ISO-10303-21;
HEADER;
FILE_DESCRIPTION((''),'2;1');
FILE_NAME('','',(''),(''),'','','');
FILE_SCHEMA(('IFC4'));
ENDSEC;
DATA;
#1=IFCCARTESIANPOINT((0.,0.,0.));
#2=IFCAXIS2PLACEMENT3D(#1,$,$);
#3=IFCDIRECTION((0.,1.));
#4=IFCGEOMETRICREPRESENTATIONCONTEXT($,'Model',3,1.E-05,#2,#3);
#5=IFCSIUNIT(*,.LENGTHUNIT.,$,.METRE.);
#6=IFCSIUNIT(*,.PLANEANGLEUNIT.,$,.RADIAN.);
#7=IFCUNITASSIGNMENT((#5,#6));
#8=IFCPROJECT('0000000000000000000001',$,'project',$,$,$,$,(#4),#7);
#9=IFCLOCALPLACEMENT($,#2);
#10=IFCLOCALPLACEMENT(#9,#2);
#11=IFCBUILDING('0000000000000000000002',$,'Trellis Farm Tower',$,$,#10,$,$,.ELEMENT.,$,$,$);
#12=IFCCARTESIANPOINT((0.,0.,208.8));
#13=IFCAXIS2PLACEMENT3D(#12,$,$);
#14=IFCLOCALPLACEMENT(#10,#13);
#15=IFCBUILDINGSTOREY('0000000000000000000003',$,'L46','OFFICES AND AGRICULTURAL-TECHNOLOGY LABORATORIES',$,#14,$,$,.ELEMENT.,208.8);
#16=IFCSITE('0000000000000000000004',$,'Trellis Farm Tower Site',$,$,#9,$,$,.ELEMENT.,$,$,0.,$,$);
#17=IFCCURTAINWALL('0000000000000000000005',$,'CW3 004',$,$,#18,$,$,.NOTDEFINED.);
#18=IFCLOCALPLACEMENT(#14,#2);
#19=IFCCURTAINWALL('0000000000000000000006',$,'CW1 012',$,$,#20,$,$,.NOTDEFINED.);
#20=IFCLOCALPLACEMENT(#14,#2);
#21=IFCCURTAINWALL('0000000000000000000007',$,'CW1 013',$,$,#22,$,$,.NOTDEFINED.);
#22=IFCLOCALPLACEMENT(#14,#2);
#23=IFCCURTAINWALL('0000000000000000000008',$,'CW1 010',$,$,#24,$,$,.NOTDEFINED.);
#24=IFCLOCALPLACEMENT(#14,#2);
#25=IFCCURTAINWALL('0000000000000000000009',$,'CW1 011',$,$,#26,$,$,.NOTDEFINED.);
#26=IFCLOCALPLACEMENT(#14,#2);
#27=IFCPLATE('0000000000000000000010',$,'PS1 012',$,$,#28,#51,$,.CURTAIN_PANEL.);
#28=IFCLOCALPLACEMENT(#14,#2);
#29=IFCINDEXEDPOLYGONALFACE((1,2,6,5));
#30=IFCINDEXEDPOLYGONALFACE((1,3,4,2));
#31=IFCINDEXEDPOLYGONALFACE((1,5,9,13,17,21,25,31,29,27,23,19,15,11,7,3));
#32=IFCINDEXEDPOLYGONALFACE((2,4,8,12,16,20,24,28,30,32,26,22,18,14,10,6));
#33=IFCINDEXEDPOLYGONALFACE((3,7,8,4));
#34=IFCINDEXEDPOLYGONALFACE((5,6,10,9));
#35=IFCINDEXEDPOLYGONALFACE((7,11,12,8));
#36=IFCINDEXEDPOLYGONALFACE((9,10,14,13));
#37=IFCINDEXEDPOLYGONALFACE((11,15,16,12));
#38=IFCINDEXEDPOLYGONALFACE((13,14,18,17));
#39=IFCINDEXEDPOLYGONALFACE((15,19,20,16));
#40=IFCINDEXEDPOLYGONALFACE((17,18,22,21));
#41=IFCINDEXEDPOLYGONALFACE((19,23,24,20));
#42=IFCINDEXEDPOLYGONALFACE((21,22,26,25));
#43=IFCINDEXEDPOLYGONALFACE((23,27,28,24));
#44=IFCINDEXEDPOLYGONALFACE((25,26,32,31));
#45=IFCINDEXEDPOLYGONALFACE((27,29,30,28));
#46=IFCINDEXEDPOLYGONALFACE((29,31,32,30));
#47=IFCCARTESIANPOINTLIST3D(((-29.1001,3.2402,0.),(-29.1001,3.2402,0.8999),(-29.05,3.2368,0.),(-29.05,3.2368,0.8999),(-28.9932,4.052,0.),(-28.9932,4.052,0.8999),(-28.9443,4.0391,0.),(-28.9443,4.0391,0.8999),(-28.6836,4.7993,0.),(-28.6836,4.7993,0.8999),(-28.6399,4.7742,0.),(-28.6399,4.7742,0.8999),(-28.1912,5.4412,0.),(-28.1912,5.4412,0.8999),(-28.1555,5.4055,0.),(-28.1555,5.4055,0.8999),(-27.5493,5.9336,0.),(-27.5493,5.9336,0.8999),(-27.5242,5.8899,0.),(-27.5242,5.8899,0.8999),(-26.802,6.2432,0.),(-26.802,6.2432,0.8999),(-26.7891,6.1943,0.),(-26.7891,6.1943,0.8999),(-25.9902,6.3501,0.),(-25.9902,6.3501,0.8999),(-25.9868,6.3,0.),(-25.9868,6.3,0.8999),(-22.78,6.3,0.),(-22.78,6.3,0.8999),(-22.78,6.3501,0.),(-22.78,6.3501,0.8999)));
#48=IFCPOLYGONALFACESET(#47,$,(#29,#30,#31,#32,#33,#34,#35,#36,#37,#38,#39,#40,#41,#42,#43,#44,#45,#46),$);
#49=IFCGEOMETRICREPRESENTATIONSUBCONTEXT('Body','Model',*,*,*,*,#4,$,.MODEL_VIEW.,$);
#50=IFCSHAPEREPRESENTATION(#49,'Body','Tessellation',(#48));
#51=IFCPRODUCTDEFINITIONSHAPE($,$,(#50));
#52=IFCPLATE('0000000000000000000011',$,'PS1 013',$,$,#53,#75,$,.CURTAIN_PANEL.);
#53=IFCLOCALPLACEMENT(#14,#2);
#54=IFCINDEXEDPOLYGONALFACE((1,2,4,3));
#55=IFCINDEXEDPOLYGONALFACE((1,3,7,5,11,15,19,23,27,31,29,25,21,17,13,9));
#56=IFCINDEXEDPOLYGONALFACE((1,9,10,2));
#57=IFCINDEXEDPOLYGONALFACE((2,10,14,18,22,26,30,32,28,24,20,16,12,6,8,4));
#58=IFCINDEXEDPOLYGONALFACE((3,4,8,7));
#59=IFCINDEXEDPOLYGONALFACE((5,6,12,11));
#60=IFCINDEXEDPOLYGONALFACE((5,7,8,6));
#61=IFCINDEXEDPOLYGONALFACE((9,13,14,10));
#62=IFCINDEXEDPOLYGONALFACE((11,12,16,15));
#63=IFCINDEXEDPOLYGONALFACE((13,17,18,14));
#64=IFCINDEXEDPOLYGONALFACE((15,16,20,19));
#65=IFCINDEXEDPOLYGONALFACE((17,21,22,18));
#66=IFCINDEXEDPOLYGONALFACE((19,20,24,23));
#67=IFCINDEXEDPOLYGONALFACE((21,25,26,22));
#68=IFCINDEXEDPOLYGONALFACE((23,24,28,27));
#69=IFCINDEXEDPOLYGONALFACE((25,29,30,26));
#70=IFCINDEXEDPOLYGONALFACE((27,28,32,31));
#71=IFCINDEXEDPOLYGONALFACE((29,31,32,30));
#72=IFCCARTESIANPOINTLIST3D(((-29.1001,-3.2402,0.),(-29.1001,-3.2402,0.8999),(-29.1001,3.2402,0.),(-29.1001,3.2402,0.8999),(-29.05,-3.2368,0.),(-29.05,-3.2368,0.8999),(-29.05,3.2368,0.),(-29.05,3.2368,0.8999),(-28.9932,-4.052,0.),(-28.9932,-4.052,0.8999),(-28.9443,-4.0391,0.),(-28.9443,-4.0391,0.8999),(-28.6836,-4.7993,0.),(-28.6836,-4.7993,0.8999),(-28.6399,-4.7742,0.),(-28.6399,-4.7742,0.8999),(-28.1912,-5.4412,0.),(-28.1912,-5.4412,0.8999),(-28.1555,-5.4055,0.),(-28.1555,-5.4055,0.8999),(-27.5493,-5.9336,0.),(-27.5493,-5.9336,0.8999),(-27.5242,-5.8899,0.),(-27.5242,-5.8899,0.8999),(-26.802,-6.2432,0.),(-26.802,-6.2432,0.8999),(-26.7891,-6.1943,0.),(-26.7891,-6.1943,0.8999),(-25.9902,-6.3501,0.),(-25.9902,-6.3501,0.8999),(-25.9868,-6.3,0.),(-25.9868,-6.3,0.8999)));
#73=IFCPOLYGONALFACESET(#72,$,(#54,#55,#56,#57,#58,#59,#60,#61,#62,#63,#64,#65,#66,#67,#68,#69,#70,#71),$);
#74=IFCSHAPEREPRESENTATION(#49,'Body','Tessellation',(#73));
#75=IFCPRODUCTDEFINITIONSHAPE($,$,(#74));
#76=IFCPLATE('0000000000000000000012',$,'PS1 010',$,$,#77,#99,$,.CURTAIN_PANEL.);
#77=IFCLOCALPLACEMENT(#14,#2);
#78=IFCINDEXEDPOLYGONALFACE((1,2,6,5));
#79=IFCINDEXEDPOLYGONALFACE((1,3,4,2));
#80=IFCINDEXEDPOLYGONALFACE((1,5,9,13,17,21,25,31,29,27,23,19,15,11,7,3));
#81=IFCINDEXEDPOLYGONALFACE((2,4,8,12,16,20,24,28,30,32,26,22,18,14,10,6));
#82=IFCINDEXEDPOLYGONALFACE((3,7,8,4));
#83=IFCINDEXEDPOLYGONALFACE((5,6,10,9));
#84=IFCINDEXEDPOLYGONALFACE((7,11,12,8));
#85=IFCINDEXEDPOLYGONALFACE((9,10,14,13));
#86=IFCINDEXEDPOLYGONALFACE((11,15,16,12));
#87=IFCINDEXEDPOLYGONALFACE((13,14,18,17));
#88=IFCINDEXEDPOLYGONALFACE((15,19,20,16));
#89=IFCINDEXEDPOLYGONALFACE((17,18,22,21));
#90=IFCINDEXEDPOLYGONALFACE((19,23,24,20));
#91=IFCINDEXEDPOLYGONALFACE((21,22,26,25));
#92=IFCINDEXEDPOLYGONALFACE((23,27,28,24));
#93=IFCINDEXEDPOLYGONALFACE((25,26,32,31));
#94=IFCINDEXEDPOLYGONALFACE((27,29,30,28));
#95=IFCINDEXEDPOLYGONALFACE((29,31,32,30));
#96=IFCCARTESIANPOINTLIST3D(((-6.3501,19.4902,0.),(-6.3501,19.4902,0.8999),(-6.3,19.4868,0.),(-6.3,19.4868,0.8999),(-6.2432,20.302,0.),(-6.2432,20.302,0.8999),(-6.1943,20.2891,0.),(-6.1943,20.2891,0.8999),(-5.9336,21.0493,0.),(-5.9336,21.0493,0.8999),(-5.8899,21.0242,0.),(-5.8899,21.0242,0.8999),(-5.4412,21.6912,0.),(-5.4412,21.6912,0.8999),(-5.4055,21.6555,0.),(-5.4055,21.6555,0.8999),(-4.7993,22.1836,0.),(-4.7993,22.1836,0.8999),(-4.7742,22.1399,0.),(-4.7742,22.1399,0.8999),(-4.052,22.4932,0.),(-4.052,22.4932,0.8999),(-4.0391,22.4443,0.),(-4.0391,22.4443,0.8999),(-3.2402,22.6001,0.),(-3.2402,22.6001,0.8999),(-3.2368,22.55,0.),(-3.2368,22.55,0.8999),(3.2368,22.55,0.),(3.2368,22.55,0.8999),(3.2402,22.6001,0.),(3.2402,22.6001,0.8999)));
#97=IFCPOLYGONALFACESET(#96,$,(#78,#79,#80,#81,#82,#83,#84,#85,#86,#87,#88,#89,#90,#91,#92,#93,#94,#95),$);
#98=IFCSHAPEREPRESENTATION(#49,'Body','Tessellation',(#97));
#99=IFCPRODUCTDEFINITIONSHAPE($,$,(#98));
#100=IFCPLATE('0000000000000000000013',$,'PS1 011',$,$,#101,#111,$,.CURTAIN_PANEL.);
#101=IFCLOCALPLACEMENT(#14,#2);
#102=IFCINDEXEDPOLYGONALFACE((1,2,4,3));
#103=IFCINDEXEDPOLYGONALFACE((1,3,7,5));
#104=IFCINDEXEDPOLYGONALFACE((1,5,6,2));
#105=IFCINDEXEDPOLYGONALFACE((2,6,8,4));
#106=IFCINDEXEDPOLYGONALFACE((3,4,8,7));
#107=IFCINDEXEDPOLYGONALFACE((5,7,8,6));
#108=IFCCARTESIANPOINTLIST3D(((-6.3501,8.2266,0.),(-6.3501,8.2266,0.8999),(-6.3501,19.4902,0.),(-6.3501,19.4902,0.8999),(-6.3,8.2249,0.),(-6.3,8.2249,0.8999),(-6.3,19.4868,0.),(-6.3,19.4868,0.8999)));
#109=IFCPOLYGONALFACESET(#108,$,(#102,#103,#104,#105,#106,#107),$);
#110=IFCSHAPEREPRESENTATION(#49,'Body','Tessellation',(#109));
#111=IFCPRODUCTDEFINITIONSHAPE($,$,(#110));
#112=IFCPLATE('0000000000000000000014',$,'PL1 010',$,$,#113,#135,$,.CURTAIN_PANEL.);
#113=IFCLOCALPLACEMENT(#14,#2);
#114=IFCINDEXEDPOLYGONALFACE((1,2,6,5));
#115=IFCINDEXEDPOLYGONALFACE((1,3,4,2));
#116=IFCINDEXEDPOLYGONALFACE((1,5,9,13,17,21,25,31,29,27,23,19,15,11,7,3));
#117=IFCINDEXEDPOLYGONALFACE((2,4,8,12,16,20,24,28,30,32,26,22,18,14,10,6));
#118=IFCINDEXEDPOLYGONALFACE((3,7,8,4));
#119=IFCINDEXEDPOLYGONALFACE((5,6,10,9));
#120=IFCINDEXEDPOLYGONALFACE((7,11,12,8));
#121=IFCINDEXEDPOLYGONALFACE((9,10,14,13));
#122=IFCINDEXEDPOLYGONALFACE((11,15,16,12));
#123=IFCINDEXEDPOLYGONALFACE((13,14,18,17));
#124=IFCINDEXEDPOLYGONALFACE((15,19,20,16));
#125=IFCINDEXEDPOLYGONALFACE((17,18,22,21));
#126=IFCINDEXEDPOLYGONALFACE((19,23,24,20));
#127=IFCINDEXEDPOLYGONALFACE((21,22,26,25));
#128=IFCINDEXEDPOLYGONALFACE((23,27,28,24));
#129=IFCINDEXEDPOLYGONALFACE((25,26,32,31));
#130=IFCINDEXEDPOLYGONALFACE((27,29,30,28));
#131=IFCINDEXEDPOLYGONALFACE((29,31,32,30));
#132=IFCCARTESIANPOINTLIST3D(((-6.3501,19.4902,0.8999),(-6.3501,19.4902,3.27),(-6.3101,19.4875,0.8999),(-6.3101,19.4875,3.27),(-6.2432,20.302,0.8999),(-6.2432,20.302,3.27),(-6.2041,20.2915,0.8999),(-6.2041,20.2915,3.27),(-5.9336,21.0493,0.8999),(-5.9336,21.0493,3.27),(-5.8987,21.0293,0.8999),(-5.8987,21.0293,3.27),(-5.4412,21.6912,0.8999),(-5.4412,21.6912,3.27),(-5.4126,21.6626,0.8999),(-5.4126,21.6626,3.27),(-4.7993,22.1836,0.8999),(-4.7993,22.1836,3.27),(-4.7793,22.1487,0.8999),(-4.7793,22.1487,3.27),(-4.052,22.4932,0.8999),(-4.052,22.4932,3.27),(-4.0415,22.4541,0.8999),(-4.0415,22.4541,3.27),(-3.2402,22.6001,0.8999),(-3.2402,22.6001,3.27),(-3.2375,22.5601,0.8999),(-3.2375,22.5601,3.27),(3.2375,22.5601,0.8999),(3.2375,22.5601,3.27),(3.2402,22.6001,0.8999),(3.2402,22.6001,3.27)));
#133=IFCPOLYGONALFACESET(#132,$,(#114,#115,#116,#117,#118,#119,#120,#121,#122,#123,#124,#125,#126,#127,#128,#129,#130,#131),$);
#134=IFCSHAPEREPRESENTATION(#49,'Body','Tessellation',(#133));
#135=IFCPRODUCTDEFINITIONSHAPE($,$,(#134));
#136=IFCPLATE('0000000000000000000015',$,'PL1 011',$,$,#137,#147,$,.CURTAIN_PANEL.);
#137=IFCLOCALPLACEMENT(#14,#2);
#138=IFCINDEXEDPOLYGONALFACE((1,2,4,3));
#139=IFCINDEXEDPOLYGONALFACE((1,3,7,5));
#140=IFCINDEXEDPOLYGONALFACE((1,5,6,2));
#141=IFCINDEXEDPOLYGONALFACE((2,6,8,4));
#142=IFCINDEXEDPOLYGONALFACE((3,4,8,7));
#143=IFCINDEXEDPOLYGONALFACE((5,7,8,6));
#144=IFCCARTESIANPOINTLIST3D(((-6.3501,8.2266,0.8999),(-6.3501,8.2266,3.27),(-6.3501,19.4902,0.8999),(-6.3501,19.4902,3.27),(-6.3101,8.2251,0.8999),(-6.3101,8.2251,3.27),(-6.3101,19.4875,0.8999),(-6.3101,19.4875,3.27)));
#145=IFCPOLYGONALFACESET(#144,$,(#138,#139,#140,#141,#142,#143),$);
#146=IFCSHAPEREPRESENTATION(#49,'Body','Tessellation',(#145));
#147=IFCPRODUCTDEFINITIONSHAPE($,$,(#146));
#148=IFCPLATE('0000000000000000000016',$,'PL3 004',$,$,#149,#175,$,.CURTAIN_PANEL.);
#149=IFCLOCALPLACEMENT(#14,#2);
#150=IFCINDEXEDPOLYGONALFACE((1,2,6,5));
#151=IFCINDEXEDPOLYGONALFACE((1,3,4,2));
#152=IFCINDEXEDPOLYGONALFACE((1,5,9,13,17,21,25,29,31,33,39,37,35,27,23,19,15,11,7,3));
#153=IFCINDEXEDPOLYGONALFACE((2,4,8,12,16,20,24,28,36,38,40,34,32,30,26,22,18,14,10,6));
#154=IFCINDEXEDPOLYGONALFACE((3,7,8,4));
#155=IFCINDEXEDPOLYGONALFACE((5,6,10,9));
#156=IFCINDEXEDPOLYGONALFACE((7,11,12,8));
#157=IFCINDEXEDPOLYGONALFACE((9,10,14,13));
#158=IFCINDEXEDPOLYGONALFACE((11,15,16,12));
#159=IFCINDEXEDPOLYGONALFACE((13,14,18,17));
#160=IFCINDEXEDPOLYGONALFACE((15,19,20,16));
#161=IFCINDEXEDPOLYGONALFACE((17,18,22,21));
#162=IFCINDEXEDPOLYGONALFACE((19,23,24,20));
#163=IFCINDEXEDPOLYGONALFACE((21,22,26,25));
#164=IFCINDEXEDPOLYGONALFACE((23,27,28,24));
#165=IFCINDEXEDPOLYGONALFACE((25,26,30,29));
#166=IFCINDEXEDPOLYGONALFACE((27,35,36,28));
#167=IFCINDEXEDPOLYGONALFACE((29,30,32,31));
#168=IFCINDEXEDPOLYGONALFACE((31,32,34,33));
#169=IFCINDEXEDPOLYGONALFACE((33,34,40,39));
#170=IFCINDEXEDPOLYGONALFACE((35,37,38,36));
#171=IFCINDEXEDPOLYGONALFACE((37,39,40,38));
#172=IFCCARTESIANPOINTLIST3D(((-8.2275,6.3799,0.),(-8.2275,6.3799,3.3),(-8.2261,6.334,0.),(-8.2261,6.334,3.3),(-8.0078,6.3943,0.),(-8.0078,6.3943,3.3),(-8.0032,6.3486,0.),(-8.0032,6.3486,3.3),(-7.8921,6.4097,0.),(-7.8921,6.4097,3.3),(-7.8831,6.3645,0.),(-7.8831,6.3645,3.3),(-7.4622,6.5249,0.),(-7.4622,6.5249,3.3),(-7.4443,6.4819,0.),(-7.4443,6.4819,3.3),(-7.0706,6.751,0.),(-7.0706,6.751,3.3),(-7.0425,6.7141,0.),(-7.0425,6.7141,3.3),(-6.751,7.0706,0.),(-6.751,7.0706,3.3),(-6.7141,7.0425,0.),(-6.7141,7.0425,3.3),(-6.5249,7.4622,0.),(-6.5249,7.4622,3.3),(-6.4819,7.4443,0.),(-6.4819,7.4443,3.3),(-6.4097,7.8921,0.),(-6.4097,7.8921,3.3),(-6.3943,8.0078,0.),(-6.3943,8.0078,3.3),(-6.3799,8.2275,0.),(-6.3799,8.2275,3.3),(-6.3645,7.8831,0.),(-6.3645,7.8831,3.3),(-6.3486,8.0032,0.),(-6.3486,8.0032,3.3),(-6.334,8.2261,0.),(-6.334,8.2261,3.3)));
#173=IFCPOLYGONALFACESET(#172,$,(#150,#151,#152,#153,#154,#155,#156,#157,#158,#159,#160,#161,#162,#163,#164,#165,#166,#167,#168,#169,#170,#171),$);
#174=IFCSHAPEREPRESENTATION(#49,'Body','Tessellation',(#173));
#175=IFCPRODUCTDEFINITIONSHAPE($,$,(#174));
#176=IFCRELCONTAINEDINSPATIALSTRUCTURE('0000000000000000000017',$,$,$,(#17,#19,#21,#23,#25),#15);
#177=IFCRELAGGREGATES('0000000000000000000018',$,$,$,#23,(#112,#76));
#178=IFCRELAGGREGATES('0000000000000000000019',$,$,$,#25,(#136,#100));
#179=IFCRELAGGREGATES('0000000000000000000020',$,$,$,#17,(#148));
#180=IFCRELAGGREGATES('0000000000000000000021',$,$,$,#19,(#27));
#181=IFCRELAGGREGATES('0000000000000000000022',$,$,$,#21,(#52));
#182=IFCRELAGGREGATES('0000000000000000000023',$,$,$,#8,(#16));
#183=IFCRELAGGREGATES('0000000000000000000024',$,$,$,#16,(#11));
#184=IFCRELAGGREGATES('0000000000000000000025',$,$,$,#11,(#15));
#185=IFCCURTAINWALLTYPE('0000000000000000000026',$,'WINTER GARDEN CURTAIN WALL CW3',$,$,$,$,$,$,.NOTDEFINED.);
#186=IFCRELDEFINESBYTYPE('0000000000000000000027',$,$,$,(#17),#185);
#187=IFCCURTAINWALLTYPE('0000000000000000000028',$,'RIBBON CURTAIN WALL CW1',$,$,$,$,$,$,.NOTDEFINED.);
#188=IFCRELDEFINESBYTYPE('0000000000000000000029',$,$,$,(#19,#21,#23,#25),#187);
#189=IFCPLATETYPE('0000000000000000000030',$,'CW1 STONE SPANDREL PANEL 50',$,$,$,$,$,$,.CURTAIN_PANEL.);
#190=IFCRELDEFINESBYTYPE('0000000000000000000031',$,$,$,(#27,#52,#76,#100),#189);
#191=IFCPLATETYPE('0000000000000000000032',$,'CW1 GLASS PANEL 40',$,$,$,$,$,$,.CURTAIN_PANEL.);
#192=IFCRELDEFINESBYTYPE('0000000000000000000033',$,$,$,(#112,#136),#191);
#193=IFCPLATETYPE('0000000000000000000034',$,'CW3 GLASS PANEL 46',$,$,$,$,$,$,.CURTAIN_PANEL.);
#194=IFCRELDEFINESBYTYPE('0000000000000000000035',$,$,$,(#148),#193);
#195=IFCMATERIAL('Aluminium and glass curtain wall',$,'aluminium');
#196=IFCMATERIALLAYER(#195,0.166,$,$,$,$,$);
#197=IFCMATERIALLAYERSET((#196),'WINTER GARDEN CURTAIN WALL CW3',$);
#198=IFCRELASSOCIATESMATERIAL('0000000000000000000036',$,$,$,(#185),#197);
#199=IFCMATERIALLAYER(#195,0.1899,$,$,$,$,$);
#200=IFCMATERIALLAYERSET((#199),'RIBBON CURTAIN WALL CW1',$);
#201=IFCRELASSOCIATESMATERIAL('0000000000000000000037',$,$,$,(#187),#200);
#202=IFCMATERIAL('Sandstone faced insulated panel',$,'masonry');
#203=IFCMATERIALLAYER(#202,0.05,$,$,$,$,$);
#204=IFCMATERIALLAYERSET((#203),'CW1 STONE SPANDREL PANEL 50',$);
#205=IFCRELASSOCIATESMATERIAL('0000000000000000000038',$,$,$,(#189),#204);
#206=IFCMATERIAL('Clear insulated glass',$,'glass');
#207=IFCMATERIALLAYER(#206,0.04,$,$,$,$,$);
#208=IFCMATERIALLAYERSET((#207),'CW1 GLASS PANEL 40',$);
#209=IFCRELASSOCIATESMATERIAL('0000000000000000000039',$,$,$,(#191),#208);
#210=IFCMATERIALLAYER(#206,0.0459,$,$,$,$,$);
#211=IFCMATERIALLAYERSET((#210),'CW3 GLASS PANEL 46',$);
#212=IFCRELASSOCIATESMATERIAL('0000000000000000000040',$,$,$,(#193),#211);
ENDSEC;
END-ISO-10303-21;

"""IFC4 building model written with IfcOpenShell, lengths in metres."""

from ifc_helpers import new_model, si_unit, direction, frame, origin, place, context, subcontext, project, spatial, polyline, outline, extrude, source, transform, mapped, material, layer, layer_set, type_object, element, aggregate, save


model = new_model("IFC4")

# Units and contexts
model_context = context("Model", 3, precision=1e-05, world=origin(), true_north=direction((0.0, 1.0)))
body_context = subcontext(model_context, "Body", "Model", "MODEL_VIEW")
ifc_project = project(units=[si_unit("LENGTHUNIT", "METRE"), si_unit("PLANEANGLEUNIT", "RADIAN")], contexts=[model_context])

# Site, building, storey
site_placement = place(None, origin())
site = spatial("IfcSite", under=ifc_project, at=site_placement, Name="Trellis Farm Tower Site", CompositionType="ELEMENT", RefElevation=0.0)
building_placement = place(site_placement, origin())
building = spatial("IfcBuilding", under=site, at=building_placement, Name="Trellis Farm Tower", CompositionType="ELEMENT")
storey_placement = place(building_placement, frame((0.0, 0.0, 208.8)))
storey = spatial("IfcBuildingStorey", under=building, at=storey_placement, Name="L46", Description="OFFICES AND AGRICULTURAL-TECHNOLOGY LABORATORIES", CompositionType="ELEMENT", Elevation=208.8)

# Curtain walls
ifc_material_1 = material(Name="Aluminium and glass curtain wall", Category="aluminium")
ifc_layer_1 = layer(ifc_material_1, 0.166)
ifc_layer_set_1 = layer_set([ifc_layer_1], Name="WINTER GARDEN CURTAIN WALL CW3")
curtain_wall_type_1 = type_object("IfcCurtainWallType", Name="WINTER GARDEN CURTAIN WALL CW3", PredefinedType="NOTDEFINED", material=ifc_layer_set_1)
placement_1 = place(storey_placement, origin())
curtain_wall_1 = element("IfcCurtainWall", 1, at=placement_1, inside=storey, type_object=curtain_wall_type_1, Name="CW3 004", PredefinedType="NOTDEFINED")
ifc_layer_2 = layer(ifc_material_1, 0.1899)
ifc_layer_set_2 = layer_set([ifc_layer_2], Name="RIBBON CURTAIN WALL CW1")
curtain_wall_type_2 = type_object("IfcCurtainWallType", Name="RIBBON CURTAIN WALL CW1", PredefinedType="NOTDEFINED", material=ifc_layer_set_2)
curtain_wall_2 = element("IfcCurtainWall", 2, at=placement_1, inside=storey, type_object=curtain_wall_type_2, Name="CW1 012", PredefinedType="NOTDEFINED")
curtain_wall_3 = element("IfcCurtainWall", 3, at=placement_1, inside=storey, type_object=curtain_wall_type_2, Name="CW1 013", PredefinedType="NOTDEFINED")
curtain_wall_4 = element("IfcCurtainWall", 4, at=placement_1, inside=storey, type_object=curtain_wall_type_2, Name="CW1 010", PredefinedType="NOTDEFINED")
curtain_wall_5 = element("IfcCurtainWall", 5, at=placement_1, inside=storey, type_object=curtain_wall_type_2, Name="CW1 011", PredefinedType="NOTDEFINED")

# Plates
ifc_material_2 = material(Name="Sandstone faced insulated panel", Category="masonry")
ifc_layer_3 = layer(ifc_material_2, 0.05)
ifc_layer_set_3 = layer_set([ifc_layer_3], Name="CW1 STONE SPANDREL PANEL 50")
plate_type_1 = type_object("IfcPlateType", Name="CW1 STONE SPANDREL PANEL 50", PredefinedType="CURTAIN_PANEL", material=ifc_layer_set_3)
shared_shape_1 = source(origin(), body_context, "Body", "SweptSolid", [
    extrude(outline(polyline([(-22.78, 6.3501), (-25.9902, 6.3501), (-26.802, 6.2432), (-27.5493, 5.9336), (-28.1912, 5.4412), (-28.6836, 4.7993), (-28.9932, 4.052), (-29.1001, 3.2402), (-29.05, 3.2368), (-28.9443, 4.0391), (-28.6399, 4.7742), (-28.1555, 5.4055), (-27.5242, 5.8899), (-26.7891, 6.1943), (-25.9868, 6.3), (-22.78, 6.3), (-22.78, 6.3501)])), origin(), (0.0, 0.0, 1.0), 0.8999),
])
plate_1 = element("IfcPlate", 6, at=placement_1, type_object=plate_type_1, Name="PS1 012", PredefinedType="CURTAIN_PANEL", context=body_context, shape_type="MappedRepresentation", body=[
    mapped(shared_shape_1, transform((0.0, 0.0, 0.0))),
])
shared_shape_2 = source(origin(), body_context, "Body", "SweptSolid", [
    extrude(outline(polyline([(-29.1001, 3.2402), (-29.1001, -3.2402), (-28.9932, -4.052), (-28.6836, -4.7993), (-28.1912, -5.4412), (-27.5493, -5.9336), (-26.802, -6.2432), (-25.9902, -6.3501), (-25.9868, -6.3), (-26.7891, -6.1943), (-27.5242, -5.8899), (-28.1555, -5.4055), (-28.6399, -4.7742), (-28.9443, -4.0391), (-29.05, -3.2368), (-29.05, 3.2368), (-29.1001, 3.2402)])), origin(), (0.0, 0.0, 1.0), 0.8999),
])
plate_2 = element("IfcPlate", 7, at=placement_1, type_object=plate_type_1, Name="PS1 013", PredefinedType="CURTAIN_PANEL", context=body_context, shape_type="MappedRepresentation", body=[
    mapped(shared_shape_2, transform((0.0, 0.0, 0.0))),
])
shared_shape_3 = source(origin(), body_context, "Body", "SweptSolid", [
    extrude(outline(polyline([(3.2402, 22.6001), (-3.2402, 22.6001), (-4.052, 22.4932), (-4.7993, 22.1836), (-5.4412, 21.6912), (-5.9336, 21.0493), (-6.2432, 20.302), (-6.3501, 19.4902), (-6.3, 19.4868), (-6.1943, 20.2891), (-5.8899, 21.0242), (-5.4055, 21.6555), (-4.7742, 22.1399), (-4.0391, 22.4443), (-3.2368, 22.55), (3.2368, 22.55), (3.2402, 22.6001)])), origin(), (0.0, 0.0, 1.0), 0.8999),
])
plate_3 = element("IfcPlate", 8, at=placement_1, type_object=plate_type_1, Name="PS1 010", PredefinedType="CURTAIN_PANEL", context=body_context, shape_type="MappedRepresentation", body=[
    mapped(shared_shape_3, transform((0.0, 0.0, 0.0))),
])
shared_shape_4 = source(origin(), body_context, "Body", "SweptSolid", [
    extrude(outline(polyline([(-6.3501, 19.4902), (-6.3501, 8.2266), (-6.3, 8.2249), (-6.3, 19.4868), (-6.3501, 19.4902)])), origin(), (0.0, 0.0, 1.0), 0.8999),
])
plate_4 = element("IfcPlate", 9, at=placement_1, type_object=plate_type_1, Name="PS1 011", PredefinedType="CURTAIN_PANEL", context=body_context, shape_type="MappedRepresentation", body=[
    mapped(shared_shape_4, transform((0.0, 0.0, 0.0))),
])
ifc_material_3 = material(Name="Clear insulated glass", Category="glass")
ifc_layer_4 = layer(ifc_material_3, 0.04)
ifc_layer_set_4 = layer_set([ifc_layer_4], Name="CW1 GLASS PANEL 40")
plate_type_2 = type_object("IfcPlateType", Name="CW1 GLASS PANEL 40", PredefinedType="CURTAIN_PANEL", material=ifc_layer_set_4)
shared_shape_5 = source(origin(), body_context, "Body", "SweptSolid", [
    extrude(outline(polyline([(3.2402, 22.6001), (-3.2402, 22.6001), (-4.052, 22.4932), (-4.7993, 22.1836), (-5.4412, 21.6912), (-5.9336, 21.0493), (-6.2432, 20.302), (-6.3501, 19.4902), (-6.3101, 19.4875), (-6.2041, 20.2915), (-5.8987, 21.0293), (-5.4126, 21.6626), (-4.7793, 22.1487), (-4.0415, 22.4541), (-3.2375, 22.5601), (3.2375, 22.5601), (3.2402, 22.6001)])), origin(), (0.0, 0.0, 1.0), 2.3701),
])
placement_2 = place(storey_placement, frame((0.0, 0.0, 0.8999)))
plate_5 = element("IfcPlate", 10, at=placement_2, type_object=plate_type_2, Name="PL1 010", PredefinedType="CURTAIN_PANEL", context=body_context, shape_type="MappedRepresentation", body=[
    mapped(shared_shape_5, transform((0.0, 0.0, 0.0))),
])
aggregate(curtain_wall_4, [plate_5, plate_3])
shared_shape_6 = source(origin(), body_context, "Body", "SweptSolid", [
    extrude(outline(polyline([(-6.3501, 19.4902), (-6.3501, 8.2266), (-6.3101, 8.2251), (-6.3101, 19.4875), (-6.3501, 19.4902)])), origin(), (0.0, 0.0, 1.0), 2.3701),
])
plate_6 = element("IfcPlate", 11, at=placement_2, type_object=plate_type_2, Name="PL1 011", PredefinedType="CURTAIN_PANEL", context=body_context, shape_type="MappedRepresentation", body=[
    mapped(shared_shape_6, transform((0.0, 0.0, 0.0))),
])
aggregate(curtain_wall_5, [plate_6, plate_4])
ifc_layer_5 = layer(ifc_material_3, 0.0459)
ifc_layer_set_5 = layer_set([ifc_layer_5], Name="CW3 GLASS PANEL 46")
plate_type_3 = type_object("IfcPlateType", Name="CW3 GLASS PANEL 46", PredefinedType="CURTAIN_PANEL", material=ifc_layer_set_5)
shared_shape_7 = source(origin(), body_context, "Body", "SweptSolid", [
    extrude(outline(polyline([(-6.3799, 8.2275), (-6.3943, 8.0078), (-6.4097, 7.8921), (-6.5249, 7.4622), (-6.751, 7.0706), (-7.0706, 6.751), (-7.4622, 6.5249), (-7.8921, 6.4097), (-8.0078, 6.3943), (-8.2275, 6.3799), (-8.2261, 6.334), (-8.0032, 6.3486), (-7.8831, 6.3645), (-7.4443, 6.4819), (-7.0425, 6.7141), (-6.7141, 7.0425), (-6.4819, 7.4443), (-6.3645, 7.8831), (-6.3486, 8.0032), (-6.334, 8.2261), (-6.3799, 8.2275)])), origin(), (0.0, 0.0, 1.0), 3.3),
])
plate_7 = element("IfcPlate", 12, at=placement_1, type_object=plate_type_3, Name="PL3 004", PredefinedType="CURTAIN_PANEL", context=body_context, shape_type="MappedRepresentation", body=[
    mapped(shared_shape_7, transform((0.0, 0.0, 0.0))),
])
aggregate(curtain_wall_1, [plate_7])
aggregate(curtain_wall_2, [plate_1])
aggregate(curtain_wall_3, [plate_2])

save(model, "model.ifc")
